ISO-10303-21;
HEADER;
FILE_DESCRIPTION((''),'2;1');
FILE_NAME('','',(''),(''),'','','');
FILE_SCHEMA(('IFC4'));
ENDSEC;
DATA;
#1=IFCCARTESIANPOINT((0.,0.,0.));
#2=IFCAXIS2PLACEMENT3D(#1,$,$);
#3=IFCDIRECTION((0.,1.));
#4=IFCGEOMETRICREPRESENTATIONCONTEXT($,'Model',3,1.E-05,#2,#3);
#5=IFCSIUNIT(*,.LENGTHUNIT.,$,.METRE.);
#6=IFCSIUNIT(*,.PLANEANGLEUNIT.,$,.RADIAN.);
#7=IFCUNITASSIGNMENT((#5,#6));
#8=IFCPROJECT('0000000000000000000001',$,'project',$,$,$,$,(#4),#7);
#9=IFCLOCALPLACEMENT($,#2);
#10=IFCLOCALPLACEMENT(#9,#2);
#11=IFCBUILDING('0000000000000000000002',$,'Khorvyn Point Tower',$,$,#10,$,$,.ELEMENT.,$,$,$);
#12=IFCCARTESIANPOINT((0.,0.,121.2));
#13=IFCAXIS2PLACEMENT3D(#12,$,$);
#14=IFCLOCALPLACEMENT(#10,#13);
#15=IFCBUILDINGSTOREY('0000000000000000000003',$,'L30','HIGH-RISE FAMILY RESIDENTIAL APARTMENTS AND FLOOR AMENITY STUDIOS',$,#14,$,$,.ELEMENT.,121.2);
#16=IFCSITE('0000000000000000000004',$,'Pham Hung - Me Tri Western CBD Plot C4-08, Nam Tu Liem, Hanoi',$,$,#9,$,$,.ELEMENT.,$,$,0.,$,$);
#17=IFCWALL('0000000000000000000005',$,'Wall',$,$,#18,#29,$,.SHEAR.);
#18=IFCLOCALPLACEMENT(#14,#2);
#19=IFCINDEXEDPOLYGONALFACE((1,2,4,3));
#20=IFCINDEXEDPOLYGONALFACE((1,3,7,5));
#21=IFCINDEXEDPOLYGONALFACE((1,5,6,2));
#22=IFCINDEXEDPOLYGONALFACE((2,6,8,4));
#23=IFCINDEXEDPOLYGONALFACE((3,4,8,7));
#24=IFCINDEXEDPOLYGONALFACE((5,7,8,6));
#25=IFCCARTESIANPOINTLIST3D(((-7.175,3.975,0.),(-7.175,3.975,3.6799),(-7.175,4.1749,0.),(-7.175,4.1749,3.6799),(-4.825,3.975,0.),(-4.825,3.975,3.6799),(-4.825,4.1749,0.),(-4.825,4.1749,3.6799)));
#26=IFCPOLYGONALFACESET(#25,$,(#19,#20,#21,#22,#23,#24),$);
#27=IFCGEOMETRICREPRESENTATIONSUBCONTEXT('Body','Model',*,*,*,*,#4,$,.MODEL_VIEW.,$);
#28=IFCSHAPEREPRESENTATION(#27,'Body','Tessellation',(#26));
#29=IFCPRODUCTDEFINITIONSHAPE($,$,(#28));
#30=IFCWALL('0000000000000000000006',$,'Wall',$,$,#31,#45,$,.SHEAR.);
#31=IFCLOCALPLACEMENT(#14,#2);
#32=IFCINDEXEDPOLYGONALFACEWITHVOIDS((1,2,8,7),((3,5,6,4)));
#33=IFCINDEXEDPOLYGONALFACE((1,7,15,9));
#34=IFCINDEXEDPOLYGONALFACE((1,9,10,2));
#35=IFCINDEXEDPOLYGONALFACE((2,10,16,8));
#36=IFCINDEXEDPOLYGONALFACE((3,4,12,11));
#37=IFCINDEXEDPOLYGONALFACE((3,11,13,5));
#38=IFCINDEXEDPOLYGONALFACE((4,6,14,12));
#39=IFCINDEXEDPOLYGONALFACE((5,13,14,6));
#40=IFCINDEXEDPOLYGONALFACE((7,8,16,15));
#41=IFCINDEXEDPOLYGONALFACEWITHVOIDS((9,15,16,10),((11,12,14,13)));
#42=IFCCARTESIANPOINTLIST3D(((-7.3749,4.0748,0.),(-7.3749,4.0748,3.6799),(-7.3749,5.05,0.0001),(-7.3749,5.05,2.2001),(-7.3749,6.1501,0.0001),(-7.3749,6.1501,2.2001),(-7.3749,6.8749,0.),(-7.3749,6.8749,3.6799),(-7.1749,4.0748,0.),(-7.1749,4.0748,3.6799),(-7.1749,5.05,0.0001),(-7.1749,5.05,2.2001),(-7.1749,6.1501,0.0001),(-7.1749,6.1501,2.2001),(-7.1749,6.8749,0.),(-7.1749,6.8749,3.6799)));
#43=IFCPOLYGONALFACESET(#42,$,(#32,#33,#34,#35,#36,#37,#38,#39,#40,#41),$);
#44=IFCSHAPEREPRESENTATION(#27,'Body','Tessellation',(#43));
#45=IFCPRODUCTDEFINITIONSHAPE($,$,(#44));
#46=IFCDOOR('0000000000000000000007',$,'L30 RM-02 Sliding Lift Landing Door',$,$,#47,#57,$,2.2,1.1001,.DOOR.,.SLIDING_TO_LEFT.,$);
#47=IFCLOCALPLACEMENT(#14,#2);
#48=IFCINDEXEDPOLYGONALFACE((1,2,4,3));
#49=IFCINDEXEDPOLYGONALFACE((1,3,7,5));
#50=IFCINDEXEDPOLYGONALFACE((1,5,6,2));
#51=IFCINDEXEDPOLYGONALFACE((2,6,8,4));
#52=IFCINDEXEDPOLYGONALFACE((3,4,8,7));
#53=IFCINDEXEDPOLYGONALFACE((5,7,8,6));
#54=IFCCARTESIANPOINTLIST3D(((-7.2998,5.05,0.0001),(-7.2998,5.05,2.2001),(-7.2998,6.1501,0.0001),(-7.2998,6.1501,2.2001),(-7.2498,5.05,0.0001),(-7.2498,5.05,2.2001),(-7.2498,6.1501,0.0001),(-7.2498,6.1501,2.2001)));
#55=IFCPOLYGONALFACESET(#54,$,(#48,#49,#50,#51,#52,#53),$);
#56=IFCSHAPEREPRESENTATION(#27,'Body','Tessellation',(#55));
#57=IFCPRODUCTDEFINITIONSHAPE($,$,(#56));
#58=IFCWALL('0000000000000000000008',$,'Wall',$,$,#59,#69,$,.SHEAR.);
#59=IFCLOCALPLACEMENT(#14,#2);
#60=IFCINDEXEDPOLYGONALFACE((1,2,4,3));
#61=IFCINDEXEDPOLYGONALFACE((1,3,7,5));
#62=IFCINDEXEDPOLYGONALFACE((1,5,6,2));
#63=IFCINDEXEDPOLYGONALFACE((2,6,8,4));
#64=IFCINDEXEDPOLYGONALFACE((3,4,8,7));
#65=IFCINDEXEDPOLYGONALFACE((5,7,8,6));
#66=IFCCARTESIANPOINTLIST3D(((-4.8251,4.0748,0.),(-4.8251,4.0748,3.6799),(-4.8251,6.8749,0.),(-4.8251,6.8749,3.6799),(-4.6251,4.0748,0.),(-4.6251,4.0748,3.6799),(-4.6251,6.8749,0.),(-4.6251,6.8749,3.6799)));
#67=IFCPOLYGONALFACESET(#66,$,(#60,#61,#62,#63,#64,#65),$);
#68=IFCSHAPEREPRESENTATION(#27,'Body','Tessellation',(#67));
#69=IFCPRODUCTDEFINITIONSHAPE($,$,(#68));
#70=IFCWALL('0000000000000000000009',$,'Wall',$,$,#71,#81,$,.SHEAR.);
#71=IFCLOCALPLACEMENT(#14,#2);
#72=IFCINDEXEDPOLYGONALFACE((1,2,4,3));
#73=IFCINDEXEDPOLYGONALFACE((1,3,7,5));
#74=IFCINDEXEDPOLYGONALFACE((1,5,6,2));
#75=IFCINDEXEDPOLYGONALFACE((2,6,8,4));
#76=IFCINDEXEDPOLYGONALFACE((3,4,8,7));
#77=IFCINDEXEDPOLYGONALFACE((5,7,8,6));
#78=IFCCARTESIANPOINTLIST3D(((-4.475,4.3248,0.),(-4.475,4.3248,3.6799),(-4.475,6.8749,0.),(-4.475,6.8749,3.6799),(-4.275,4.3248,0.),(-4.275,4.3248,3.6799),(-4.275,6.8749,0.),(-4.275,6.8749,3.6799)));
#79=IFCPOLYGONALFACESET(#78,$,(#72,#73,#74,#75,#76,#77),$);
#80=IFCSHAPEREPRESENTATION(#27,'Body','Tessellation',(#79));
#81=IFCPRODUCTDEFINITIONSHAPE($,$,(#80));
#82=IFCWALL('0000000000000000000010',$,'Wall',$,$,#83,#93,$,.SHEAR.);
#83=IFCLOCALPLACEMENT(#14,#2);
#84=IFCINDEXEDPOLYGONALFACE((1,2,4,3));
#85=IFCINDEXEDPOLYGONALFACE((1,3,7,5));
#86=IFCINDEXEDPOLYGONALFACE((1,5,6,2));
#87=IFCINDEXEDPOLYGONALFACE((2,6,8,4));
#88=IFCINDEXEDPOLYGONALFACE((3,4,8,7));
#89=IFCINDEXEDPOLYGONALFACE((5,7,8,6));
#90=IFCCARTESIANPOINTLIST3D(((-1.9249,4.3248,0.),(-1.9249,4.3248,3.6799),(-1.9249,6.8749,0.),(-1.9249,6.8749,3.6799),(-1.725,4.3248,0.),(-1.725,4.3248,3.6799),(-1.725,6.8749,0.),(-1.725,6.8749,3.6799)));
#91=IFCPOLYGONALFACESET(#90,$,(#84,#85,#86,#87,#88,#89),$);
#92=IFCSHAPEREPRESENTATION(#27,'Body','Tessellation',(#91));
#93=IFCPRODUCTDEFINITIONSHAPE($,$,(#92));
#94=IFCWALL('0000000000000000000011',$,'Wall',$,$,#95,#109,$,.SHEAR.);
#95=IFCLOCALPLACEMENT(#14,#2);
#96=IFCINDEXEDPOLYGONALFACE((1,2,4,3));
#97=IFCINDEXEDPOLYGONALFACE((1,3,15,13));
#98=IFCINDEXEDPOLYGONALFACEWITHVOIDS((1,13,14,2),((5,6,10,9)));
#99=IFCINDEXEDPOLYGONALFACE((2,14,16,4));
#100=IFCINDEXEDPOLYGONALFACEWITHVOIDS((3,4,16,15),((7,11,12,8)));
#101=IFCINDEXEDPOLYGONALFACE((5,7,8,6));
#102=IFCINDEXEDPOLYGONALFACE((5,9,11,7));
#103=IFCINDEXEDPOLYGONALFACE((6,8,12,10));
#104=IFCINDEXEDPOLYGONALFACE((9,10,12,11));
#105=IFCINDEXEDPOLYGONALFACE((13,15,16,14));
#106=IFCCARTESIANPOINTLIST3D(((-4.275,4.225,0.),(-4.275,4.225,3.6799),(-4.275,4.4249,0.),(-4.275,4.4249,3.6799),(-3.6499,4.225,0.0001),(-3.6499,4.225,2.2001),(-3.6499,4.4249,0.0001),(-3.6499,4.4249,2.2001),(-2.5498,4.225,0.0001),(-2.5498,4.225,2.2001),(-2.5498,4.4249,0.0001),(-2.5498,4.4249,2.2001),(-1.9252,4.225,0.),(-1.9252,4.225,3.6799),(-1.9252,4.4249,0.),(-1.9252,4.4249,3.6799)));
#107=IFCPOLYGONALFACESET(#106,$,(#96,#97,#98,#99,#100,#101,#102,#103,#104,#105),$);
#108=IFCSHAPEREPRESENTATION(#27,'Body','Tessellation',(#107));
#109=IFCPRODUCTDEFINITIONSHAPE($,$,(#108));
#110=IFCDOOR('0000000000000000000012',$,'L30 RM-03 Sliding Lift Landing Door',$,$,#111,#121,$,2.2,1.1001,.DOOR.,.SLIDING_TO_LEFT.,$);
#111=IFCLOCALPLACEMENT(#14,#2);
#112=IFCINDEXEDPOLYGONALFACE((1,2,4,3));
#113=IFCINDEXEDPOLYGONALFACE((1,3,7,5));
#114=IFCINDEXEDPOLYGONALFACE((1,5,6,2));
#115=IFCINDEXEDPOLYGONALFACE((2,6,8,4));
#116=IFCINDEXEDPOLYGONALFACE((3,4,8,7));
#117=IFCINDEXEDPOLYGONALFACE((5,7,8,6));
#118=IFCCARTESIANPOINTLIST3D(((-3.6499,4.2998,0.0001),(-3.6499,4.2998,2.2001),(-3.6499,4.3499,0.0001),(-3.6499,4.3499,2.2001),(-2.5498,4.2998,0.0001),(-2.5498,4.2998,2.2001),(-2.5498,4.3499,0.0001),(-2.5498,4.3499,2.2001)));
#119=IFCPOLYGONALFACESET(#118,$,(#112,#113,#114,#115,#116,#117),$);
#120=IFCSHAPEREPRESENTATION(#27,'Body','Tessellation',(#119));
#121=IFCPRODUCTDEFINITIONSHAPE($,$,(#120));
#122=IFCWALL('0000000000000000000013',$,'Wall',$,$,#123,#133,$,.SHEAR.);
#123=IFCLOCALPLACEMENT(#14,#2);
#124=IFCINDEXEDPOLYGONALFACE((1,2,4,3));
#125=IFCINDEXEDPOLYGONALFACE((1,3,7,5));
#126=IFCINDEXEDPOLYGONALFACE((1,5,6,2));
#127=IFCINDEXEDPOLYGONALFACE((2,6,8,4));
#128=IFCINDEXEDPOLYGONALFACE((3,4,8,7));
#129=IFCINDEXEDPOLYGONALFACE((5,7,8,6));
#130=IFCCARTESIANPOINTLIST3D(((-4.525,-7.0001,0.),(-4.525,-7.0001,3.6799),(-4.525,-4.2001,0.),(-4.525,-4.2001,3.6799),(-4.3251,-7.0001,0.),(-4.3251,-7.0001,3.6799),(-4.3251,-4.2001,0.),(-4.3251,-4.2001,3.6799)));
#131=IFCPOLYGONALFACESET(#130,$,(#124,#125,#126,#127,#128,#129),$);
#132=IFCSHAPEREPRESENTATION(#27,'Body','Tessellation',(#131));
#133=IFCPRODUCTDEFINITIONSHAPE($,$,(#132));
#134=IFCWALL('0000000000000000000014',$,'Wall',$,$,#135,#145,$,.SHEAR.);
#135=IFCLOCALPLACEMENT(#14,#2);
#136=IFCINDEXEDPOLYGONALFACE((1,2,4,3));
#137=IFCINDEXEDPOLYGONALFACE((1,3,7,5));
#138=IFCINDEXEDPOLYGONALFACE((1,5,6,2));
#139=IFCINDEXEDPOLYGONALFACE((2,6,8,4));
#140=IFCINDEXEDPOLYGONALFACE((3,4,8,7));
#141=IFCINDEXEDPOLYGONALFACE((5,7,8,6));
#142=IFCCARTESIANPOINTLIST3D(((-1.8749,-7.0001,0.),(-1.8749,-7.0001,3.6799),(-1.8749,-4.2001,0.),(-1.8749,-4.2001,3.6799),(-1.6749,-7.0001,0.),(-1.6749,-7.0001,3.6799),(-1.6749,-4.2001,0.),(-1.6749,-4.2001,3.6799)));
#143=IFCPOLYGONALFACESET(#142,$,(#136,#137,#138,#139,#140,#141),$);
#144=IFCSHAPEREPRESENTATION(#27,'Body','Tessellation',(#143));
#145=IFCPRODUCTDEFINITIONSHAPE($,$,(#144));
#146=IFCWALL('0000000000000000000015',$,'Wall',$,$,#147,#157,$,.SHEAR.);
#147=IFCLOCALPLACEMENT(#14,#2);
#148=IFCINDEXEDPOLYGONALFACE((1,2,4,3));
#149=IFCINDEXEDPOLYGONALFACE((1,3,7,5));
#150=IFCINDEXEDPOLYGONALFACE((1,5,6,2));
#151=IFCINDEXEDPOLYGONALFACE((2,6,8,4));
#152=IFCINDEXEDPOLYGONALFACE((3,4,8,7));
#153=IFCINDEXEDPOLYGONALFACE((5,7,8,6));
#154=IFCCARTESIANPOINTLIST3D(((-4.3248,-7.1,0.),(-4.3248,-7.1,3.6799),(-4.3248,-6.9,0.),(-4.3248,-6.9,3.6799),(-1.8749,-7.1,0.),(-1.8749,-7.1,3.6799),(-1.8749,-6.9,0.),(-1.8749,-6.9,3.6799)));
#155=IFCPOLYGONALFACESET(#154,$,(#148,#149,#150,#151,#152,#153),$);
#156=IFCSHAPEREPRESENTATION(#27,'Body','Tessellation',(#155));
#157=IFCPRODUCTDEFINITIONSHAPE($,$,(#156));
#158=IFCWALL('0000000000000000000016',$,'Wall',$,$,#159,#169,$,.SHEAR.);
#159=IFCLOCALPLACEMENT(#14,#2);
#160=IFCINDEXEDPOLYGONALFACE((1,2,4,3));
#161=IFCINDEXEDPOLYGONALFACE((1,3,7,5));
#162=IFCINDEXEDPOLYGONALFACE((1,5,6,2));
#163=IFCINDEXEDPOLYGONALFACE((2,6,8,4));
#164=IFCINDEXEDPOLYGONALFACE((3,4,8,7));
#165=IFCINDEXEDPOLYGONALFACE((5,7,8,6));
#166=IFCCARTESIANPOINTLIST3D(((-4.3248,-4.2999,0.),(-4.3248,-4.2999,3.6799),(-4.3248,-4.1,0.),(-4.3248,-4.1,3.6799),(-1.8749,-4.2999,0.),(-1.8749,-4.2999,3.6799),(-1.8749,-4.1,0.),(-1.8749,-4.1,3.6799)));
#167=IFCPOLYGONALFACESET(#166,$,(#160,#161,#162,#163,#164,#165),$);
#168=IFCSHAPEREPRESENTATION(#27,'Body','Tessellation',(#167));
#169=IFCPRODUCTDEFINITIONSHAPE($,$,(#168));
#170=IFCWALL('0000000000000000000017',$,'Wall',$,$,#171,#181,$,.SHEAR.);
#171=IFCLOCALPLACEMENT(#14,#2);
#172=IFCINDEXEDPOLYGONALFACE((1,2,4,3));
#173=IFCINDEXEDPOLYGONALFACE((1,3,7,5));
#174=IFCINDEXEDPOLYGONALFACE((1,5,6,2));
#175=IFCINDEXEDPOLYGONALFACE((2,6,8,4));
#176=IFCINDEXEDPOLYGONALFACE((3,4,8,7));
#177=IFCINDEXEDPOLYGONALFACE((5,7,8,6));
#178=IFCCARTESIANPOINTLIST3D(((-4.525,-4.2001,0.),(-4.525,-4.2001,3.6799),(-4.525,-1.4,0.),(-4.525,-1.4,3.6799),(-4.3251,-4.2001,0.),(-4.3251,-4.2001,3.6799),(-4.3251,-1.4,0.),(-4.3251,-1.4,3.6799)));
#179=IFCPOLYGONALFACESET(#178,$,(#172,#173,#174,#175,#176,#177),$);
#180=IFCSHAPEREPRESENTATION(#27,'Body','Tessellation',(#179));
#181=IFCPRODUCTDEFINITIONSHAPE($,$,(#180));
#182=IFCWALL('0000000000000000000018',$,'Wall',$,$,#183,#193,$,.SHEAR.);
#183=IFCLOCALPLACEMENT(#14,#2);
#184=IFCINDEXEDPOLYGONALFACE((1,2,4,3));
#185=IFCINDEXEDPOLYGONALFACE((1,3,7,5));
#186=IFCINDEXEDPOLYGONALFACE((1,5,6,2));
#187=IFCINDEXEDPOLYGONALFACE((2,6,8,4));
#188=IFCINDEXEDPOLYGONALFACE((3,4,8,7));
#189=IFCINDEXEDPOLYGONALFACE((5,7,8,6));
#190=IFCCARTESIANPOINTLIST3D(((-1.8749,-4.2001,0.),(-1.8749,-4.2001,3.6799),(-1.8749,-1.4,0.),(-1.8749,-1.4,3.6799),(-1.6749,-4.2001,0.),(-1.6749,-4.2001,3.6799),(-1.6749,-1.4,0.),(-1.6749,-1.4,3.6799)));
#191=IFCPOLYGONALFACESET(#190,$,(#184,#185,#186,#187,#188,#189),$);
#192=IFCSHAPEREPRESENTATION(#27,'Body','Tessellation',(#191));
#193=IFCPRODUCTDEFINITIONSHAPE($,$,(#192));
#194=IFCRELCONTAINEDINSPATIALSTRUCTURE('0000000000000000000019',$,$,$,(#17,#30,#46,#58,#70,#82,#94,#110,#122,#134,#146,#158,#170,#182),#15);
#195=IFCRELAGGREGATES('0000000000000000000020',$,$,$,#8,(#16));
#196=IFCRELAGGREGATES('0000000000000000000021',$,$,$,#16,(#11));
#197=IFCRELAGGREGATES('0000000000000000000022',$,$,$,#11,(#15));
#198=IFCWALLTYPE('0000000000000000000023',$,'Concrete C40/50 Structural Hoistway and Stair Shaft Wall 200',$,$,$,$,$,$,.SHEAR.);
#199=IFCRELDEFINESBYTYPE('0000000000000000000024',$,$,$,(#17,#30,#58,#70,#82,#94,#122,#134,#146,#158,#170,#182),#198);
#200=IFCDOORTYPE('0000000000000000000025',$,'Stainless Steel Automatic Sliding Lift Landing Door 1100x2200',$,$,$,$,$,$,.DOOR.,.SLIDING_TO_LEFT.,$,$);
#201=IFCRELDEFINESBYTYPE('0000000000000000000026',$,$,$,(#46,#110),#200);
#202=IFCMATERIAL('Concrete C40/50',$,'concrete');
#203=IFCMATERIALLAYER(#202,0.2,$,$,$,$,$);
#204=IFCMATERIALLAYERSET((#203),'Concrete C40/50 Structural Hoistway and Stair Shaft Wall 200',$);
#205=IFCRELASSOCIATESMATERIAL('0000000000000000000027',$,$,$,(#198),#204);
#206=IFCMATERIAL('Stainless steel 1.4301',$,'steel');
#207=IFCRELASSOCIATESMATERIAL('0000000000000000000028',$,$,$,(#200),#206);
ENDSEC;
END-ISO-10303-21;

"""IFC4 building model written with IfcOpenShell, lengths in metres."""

from ifc_helpers import new_model, si_unit, direction, frame, frame_2d, origin, place, context, subcontext, project, spatial, rectangle, extrude, material, layer, layer_set, type_object, element, fill, save


model = new_model("IFC4")

# Units and contexts
model_context = context("Model", 3, precision=1e-05, world=origin(), true_north=direction((0.0, 1.0)))
body_context = subcontext(model_context, "Body", "Model", "MODEL_VIEW")
ifc_project = project(units=[si_unit("LENGTHUNIT", "METRE"), si_unit("PLANEANGLEUNIT", "RADIAN")], contexts=[model_context])

# Site, building, storey
site_placement = place(None, origin())
site = spatial("IfcSite", under=ifc_project, at=site_placement, Name="Pham Hung - Me Tri Western CBD Plot C4-08, Nam Tu Liem, Hanoi", CompositionType="ELEMENT", RefElevation=0.0)
building_placement = place(site_placement, origin())
building = spatial("IfcBuilding", under=site, at=building_placement, Name="Khorvyn Point Tower", CompositionType="ELEMENT")
storey_placement = place(building_placement, frame((0.0, 0.0, 121.2)))
storey = spatial("IfcBuildingStorey", under=building, at=storey_placement, Name="L30", Description="HIGH-RISE FAMILY RESIDENTIAL APARTMENTS AND FLOOR AMENITY STUDIOS", CompositionType="ELEMENT", Elevation=121.2)

# Shared definitions
ifc_material_1 = material(Name="Concrete C40/50", Category="concrete")

# Shared definitions
ifc_layer_1 = layer(ifc_material_1, 0.2)
ifc_layer_set_1 = layer_set([ifc_layer_1], Name="Concrete C40/50 Structural Hoistway and Stair Shaft Wall 200")
wall_type_1 = type_object("IfcWallType", Name="Concrete C40/50 Structural Hoistway and Stair Shaft Wall 200", PredefinedType="SHEAR", material=ifc_layer_set_1)
ifc_material_2 = material(Name="Stainless steel 1.4301", Category="steel")
door_type_1 = type_object("IfcDoorType", Name="Stainless Steel Automatic Sliding Lift Landing Door 1100x2200", OperationType="SLIDING_TO_LEFT", PredefinedType="DOOR", material=ifc_material_2)

# Wall
for number, where, z_axis, x_axis, name in (
    (1, (-7.175, 4.075, 0.0), (0.0, 0.0, 1.0), (1.0, 0.0, 0.0), "Wall"),
):
    element("IfcWall", number, at=place(storey_placement, frame(where, z_axis=z_axis, x_axis=x_axis)), inside=storey, type_object=wall_type_1, Name=name, PredefinedType="SHEAR", context=body_context, shape_type="SweptSolid", body=[
        extrude(rectangle(XDim=2.3501, YDim=0.2, at=frame_2d((1.175, 0.0))), origin(), (0.0, 0.0, 1.0), 3.6799),
    ])

# Wall, opening, door
wall_1_placement = place(storey_placement, frame((-7.2749, 4.075, 0.0), z_axis=(0.0, 0.0, 1.0), x_axis=(0.0, 1.0, 0.0)))
wall_1 = element("IfcWall", 2, at=wall_1_placement, inside=storey, type_object=wall_type_1, Name="Wall", PredefinedType="SHEAR", context=body_context, shape_type="SweptSolid", body=[
    extrude(rectangle(XDim=2.8, YDim=0.2, at=frame_2d((1.3999, 0.0))), origin(), (0.0, 0.0, 1.0), 3.6799),
])
opening_1_placement = place(wall_1_placement, frame((0.9751, 0.0, 0.0)))
opening_1 = element("IfcOpeningElement", 3, at=opening_1_placement, cuts=wall_1, PredefinedType="OPENING", context=body_context, shape_type="SweptSolid", body=[
    extrude(rectangle(XDim=1.1001, YDim=2.2, at=frame_2d((0.55, 1.1001))), frame((0.0, 0.1099, 0.0), z_axis=(0.0, -1.0, 0.0), x_axis=(1.0, 0.0, 0.0)), (0.0, 0.0, 1.0), 0.22),
])
door_1_placement = place(opening_1_placement, origin())
door_1 = element("IfcDoor", 4, at=door_1_placement, inside=storey, type_object=door_type_1, Name="L30 RM-02 Sliding Lift Landing Door", OperationType="SLIDING_TO_LEFT", OverallHeight=2.2, OverallWidth=1.1001, PredefinedType="DOOR", context=body_context, shape_type="SweptSolid", body=[
    extrude(rectangle(XDim=1.1001, YDim=2.2, at=frame_2d((0.55, 1.1001))), frame((0.0, 0.0249, 0.0), z_axis=(0.0, -1.0, 0.0), x_axis=(1.0, 0.0, 0.0)), (0.0, 0.0, 1.0), 0.05),
])
fill(opening_1, door_1)

# Walls
wall_2_placement = place(storey_placement, frame((-4.7251, 4.075, 0.0), z_axis=(0.0, 0.0, 1.0), x_axis=(0.0, 1.0, 0.0)))
element("IfcWall", 5, at=wall_2_placement, inside=storey, type_object=wall_type_1, Name="Wall", PredefinedType="SHEAR", context=body_context, shape_type="SweptSolid", body=[
    extrude(rectangle(XDim=2.8, YDim=0.2, at=frame_2d((1.3999, 0.0))), origin(), (0.0, 0.0, 1.0), 3.6799),
])
for number, where, z_axis, x_axis, name in (
    (6, (-4.375, 4.325, 0.0), (0.0, 0.0, 1.0), (0.0, 1.0, 0.0), "Wall"),
    (7, (-1.825, 4.325, 0.0), (0.0, 0.0, 1.0), (0.0, 1.0, 0.0), "Wall"),
):
    element("IfcWall", number, at=place(storey_placement, frame(where, z_axis=z_axis, x_axis=x_axis)), inside=storey, type_object=wall_type_1, Name=name, PredefinedType="SHEAR", context=body_context, shape_type="SweptSolid", body=[
        extrude(rectangle(XDim=2.55, YDim=0.2, at=frame_2d((1.2749, 0.0))), origin(), (0.0, 0.0, 1.0), 3.6799),
    ])

# Wall, opening, door
wall_3_placement = place(storey_placement, frame((-4.2749, 4.325, 0.0), z_axis=(0.0, 0.0, 1.0), x_axis=(1.0, 0.0, 0.0)))
wall_3 = element("IfcWall", 8, at=wall_3_placement, inside=storey, type_object=wall_type_1, Name="Wall", PredefinedType="SHEAR", context=body_context, shape_type="SweptSolid", body=[
    extrude(rectangle(XDim=2.3499, YDim=0.2, at=frame_2d((1.1748, 0.0))), origin(), (0.0, 0.0, 1.0), 3.6799),
])
opening_2_placement = place(wall_3_placement, frame((0.625, 0.0, 0.0)))
opening_2 = element("IfcOpeningElement", 9, at=opening_2_placement, cuts=wall_3, PredefinedType="OPENING", context=body_context, shape_type="SweptSolid", body=[
    extrude(rectangle(XDim=1.1001, YDim=2.2, at=frame_2d((0.55, 1.1001))), frame((0.0, 0.1099, 0.0), z_axis=(0.0, -1.0, 0.0), x_axis=(1.0, 0.0, 0.0)), (0.0, 0.0, 1.0), 0.22),
])
door_2_placement = place(opening_2_placement, origin())
door_2 = element("IfcDoor", 10, at=door_2_placement, inside=storey, type_object=door_type_1, Name="L30 RM-03 Sliding Lift Landing Door", OperationType="SLIDING_TO_LEFT", OverallHeight=2.2, OverallWidth=1.1001, PredefinedType="DOOR", context=body_context, shape_type="SweptSolid", body=[
    extrude(rectangle(XDim=1.1001, YDim=2.2, at=frame_2d((0.55, 1.1001))), frame((0.0, 0.0249, 0.0), z_axis=(0.0, -1.0, 0.0), x_axis=(1.0, 0.0, 0.0)), (0.0, 0.0, 1.0), 0.05),
])
fill(opening_2, door_2)

# Walls
for number, where, z_axis, x_axis, name in (
    (11, (-4.425, -7.0, 0.0), (0.0, 0.0, 1.0), (0.0, 1.0, 0.0), "Wall"),
    (12, (-1.7749, -7.0, 0.0), (0.0, 0.0, 1.0), (0.0, 1.0, 0.0), "Wall"),
):
    element("IfcWall", number, at=place(storey_placement, frame(where, z_axis=z_axis, x_axis=x_axis)), inside=storey, type_object=wall_type_1, Name=name, PredefinedType="SHEAR", context=body_context, shape_type="SweptSolid", body=[
        extrude(rectangle(XDim=2.8, YDim=0.2, at=frame_2d((1.3999, 0.0))), origin(), (0.0, 0.0, 1.0), 3.6799),
    ])
for number, where, z_axis, x_axis, name in (
    (13, (-4.325, -7.0, 0.0), (0.0, 0.0, 1.0), (1.0, 0.0, 0.0), "Wall"),
    (14, (-4.325, -4.2, 0.0), (0.0, 0.0, 1.0), (1.0, 0.0, 0.0), "Wall"),
):
    element("IfcWall", number, at=place(storey_placement, frame(where, z_axis=z_axis, x_axis=x_axis)), inside=storey, type_object=wall_type_1, Name=name, PredefinedType="SHEAR", context=body_context, shape_type="SweptSolid", body=[
        extrude(rectangle(XDim=2.45, YDim=0.2, at=frame_2d((1.2251, 0.0))), origin(), (0.0, 0.0, 1.0), 3.6799),
    ])
for number, where, z_axis, x_axis, name in (
    (15, (-4.425, -4.2, 0.0), (0.0, 0.0, 1.0), (0.0, 1.0, 0.0), "Wall"),
    (16, (-1.7749, -4.2, 0.0), (0.0, 0.0, 1.0), (0.0, 1.0, 0.0), "Wall"),
):
    element("IfcWall", number, at=place(storey_placement, frame(where, z_axis=z_axis, x_axis=x_axis)), inside=storey, type_object=wall_type_1, Name=name, PredefinedType="SHEAR", context=body_context, shape_type="SweptSolid", body=[
        extrude(rectangle(XDim=2.8, YDim=0.2, at=frame_2d((1.3999, 0.0))), origin(), (0.0, 0.0, 1.0), 3.6799),
    ])

save(model, "model.ifc")
